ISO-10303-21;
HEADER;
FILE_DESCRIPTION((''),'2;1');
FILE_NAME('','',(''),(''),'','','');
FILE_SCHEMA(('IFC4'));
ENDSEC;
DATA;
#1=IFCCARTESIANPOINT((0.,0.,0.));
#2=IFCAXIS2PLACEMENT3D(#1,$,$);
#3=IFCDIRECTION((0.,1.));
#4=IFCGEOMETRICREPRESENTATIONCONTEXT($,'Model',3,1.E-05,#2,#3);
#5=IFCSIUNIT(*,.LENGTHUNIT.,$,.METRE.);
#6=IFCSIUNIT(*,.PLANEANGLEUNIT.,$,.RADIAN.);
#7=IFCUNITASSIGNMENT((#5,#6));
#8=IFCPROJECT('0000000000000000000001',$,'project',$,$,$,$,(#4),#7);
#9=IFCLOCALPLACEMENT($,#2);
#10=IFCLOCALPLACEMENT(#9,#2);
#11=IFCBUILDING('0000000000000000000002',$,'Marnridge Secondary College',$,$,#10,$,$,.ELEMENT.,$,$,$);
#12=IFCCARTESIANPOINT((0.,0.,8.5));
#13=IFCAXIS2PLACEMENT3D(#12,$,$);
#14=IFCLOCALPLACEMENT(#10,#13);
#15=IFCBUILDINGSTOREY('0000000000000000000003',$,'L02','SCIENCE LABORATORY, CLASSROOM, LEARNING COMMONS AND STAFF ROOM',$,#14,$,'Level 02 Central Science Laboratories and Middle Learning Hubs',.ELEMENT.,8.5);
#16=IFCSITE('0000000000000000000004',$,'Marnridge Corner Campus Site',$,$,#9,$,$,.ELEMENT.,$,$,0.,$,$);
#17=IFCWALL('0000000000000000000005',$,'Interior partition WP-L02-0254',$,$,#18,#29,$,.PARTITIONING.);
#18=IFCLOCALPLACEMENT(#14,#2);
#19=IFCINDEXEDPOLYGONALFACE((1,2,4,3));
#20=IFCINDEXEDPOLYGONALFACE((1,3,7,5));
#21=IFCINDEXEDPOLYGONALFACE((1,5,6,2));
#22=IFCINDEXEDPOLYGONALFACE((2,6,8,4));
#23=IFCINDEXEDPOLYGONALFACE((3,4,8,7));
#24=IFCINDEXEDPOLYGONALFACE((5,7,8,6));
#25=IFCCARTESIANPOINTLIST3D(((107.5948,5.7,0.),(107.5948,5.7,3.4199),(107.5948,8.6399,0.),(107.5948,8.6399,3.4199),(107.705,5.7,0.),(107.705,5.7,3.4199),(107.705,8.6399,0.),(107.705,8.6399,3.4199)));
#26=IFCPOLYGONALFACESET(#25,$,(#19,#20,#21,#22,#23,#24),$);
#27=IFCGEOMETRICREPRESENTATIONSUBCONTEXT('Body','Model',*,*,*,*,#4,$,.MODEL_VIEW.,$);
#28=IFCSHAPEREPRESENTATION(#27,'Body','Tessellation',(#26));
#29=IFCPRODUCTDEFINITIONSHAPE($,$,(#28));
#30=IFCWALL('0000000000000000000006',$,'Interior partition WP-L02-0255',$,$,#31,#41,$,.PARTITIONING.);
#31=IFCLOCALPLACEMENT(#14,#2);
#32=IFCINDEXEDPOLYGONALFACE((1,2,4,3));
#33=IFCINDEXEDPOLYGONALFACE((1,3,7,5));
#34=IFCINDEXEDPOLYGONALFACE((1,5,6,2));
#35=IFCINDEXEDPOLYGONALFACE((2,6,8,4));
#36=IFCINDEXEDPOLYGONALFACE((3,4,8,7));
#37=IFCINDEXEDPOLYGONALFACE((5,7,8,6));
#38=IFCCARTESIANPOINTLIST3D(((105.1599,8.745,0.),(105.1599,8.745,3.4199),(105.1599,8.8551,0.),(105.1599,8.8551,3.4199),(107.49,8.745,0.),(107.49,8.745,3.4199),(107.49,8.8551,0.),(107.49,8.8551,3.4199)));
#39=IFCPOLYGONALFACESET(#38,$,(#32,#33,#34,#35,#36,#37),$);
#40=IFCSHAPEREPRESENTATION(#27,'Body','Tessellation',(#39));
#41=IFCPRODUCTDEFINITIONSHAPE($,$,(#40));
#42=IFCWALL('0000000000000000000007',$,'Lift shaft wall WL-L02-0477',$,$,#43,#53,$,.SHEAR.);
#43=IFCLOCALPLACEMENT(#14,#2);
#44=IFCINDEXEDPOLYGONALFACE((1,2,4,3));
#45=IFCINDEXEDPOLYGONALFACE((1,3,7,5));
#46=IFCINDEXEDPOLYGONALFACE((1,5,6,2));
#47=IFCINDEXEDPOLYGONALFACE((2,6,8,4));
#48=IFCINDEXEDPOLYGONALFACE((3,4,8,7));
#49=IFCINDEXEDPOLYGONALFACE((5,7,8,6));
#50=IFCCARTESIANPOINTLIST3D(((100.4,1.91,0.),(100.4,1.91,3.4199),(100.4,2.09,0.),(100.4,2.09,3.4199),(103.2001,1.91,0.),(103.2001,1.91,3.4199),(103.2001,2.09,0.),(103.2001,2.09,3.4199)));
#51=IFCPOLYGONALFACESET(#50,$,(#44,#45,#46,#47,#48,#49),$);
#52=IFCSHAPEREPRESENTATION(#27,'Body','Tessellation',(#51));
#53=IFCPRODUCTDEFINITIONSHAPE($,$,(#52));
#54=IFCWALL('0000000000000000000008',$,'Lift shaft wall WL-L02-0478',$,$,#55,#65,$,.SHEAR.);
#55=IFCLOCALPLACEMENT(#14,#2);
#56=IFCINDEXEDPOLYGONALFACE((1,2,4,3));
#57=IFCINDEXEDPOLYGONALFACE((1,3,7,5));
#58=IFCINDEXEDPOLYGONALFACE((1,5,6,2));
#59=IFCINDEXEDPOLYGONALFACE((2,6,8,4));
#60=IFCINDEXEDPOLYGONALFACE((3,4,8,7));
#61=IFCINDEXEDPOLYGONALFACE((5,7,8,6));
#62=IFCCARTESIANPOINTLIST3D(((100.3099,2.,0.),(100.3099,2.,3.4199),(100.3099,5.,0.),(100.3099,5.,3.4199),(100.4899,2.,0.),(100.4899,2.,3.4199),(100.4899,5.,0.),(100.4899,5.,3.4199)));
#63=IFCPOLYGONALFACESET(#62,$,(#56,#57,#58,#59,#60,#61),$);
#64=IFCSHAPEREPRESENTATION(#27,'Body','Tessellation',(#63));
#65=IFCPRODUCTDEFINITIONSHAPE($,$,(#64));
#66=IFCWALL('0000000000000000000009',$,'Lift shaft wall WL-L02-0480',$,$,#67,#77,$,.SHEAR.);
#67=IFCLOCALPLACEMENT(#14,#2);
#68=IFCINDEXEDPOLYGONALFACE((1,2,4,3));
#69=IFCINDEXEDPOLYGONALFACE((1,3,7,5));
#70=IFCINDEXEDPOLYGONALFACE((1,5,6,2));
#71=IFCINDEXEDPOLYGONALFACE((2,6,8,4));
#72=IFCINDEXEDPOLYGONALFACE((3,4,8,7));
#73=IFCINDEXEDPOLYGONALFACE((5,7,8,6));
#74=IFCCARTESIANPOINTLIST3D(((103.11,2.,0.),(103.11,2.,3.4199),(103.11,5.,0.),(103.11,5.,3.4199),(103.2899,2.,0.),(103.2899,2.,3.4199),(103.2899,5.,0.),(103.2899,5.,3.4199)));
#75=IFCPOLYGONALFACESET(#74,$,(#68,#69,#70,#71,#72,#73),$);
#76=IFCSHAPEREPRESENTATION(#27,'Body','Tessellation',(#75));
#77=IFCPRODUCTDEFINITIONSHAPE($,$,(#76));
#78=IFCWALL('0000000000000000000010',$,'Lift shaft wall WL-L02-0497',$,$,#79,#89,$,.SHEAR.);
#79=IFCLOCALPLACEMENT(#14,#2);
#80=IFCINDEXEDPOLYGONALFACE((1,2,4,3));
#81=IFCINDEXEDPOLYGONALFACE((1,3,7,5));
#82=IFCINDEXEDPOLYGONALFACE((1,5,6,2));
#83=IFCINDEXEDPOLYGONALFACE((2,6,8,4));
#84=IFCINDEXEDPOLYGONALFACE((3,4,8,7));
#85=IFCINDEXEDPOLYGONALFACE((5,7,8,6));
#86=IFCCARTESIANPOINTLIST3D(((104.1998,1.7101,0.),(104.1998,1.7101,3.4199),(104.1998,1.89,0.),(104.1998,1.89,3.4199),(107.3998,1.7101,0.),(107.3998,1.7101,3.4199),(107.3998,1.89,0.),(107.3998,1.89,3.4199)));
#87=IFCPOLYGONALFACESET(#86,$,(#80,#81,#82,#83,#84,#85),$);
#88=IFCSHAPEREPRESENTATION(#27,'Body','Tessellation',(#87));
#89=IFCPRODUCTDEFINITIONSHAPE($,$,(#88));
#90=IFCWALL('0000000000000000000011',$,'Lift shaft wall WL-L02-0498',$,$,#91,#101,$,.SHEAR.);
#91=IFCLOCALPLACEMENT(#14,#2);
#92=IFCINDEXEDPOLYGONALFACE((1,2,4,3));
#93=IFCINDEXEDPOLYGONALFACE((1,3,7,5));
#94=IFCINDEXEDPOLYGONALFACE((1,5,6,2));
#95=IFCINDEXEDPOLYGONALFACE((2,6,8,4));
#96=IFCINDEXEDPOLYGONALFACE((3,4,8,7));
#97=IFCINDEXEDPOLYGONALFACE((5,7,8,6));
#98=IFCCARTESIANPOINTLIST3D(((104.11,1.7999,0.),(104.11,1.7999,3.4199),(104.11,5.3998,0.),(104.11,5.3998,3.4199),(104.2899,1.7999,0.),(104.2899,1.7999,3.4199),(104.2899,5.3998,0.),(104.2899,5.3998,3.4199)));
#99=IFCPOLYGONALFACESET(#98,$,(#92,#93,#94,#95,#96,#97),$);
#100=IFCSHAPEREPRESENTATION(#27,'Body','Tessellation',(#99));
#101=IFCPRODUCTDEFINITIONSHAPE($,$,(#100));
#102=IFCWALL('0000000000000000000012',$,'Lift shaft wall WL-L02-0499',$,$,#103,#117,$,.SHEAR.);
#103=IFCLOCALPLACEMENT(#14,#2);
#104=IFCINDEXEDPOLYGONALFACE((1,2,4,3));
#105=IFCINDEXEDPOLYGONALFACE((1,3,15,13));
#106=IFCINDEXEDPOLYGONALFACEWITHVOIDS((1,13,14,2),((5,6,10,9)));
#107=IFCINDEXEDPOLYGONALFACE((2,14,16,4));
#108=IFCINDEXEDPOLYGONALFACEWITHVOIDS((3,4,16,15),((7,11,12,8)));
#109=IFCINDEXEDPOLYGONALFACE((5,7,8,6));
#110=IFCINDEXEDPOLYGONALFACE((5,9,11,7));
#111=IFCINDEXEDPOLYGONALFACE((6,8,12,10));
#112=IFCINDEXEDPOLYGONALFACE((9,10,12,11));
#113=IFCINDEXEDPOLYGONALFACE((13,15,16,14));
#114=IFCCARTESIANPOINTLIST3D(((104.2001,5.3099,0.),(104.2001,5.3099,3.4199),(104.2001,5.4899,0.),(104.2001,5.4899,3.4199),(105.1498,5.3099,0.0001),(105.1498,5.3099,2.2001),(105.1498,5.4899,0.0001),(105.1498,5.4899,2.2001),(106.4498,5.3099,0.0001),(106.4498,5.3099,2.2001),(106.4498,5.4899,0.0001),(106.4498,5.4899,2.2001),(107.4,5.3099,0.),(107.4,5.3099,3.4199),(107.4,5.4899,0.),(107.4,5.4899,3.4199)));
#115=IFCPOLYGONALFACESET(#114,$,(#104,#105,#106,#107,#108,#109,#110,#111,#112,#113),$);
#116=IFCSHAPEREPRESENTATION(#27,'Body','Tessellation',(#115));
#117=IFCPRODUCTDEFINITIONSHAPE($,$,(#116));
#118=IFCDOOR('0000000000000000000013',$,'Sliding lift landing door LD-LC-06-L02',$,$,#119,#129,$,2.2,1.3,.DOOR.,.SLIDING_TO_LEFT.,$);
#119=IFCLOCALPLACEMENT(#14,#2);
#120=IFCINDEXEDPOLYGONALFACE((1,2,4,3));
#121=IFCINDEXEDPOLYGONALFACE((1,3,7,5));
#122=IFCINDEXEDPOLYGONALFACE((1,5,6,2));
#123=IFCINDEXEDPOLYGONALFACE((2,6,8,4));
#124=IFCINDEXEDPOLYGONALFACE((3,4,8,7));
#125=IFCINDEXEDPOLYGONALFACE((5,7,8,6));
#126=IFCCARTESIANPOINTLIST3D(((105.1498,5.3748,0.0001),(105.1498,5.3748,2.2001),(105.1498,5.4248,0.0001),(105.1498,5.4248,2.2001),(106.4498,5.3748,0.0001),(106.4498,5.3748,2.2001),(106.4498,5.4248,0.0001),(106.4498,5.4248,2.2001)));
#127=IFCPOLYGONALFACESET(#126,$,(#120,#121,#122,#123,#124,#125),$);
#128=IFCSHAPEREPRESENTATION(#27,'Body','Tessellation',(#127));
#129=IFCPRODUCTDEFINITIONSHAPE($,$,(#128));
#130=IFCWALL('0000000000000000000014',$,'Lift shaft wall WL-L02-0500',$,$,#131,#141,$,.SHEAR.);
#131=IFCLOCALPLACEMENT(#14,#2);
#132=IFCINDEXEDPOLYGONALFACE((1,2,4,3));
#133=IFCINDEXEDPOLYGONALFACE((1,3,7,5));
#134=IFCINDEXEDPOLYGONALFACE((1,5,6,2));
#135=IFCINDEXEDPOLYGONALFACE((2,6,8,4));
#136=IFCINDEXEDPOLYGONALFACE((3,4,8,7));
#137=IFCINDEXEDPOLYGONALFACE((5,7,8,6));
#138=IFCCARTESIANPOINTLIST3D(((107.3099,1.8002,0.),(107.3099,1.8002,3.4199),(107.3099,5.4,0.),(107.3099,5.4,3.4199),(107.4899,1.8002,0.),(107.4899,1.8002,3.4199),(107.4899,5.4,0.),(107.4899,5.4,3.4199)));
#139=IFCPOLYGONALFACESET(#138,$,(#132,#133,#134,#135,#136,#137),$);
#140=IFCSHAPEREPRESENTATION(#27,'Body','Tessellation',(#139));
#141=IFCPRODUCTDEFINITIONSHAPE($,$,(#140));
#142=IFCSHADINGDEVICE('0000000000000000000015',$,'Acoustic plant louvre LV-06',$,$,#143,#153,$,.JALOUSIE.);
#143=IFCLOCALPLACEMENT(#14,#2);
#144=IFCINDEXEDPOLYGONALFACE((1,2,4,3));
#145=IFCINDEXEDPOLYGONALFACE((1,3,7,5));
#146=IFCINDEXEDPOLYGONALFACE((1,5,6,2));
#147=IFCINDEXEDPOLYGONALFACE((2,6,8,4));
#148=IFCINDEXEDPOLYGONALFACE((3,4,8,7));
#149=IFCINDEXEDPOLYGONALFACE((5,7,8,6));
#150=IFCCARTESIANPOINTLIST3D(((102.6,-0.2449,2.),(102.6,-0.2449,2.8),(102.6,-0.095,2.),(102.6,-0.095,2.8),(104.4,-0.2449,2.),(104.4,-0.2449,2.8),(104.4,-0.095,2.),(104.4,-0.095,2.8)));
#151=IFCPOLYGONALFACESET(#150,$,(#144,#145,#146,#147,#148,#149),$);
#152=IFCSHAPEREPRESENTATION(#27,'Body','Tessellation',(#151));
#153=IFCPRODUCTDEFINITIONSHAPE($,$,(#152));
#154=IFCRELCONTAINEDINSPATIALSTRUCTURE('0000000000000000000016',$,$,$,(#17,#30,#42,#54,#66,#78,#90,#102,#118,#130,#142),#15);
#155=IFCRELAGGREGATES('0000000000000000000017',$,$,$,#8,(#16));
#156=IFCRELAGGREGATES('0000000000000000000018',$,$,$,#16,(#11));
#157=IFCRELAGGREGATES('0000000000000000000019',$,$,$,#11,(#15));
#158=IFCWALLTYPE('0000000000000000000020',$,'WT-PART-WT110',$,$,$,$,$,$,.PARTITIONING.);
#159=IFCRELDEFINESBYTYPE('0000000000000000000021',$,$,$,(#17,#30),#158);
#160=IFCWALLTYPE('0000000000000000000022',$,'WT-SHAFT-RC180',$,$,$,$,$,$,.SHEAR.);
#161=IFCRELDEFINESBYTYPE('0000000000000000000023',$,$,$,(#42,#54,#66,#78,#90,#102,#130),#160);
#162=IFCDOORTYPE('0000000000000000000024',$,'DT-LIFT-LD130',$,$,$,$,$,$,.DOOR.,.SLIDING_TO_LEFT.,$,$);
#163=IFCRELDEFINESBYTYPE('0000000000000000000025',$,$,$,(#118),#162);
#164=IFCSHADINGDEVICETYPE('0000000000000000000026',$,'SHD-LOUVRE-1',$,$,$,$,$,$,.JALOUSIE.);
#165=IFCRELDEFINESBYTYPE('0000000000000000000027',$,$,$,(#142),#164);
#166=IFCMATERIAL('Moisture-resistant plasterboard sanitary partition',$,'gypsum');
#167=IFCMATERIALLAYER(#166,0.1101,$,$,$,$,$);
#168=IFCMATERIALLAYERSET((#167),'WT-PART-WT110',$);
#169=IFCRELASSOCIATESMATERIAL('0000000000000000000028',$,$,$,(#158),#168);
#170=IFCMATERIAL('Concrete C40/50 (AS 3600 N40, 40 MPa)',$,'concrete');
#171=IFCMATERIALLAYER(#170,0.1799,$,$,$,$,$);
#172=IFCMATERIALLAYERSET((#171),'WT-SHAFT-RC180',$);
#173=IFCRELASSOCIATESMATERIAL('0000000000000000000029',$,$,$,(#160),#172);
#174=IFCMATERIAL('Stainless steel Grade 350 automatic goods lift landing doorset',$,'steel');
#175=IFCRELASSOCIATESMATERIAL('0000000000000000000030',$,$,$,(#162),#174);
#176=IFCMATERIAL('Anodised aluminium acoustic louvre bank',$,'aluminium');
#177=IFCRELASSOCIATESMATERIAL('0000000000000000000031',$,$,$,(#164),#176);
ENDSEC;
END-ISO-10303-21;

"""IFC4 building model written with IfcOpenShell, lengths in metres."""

from ifc_helpers import new_model, si_unit, direction, frame, frame_2d, origin, origin_2d, place, context, subcontext, project, spatial, rectangle, extrude, material, layer, layer_set, type_object, element, fill, save


model = new_model("IFC4")

# Units and contexts
model_context = context("Model", 3, precision=1e-05, world=origin(), true_north=direction((0.0, 1.0)))
body_context = subcontext(model_context, "Body", "Model", "MODEL_VIEW")
ifc_project = project(units=[si_unit("LENGTHUNIT", "METRE"), si_unit("PLANEANGLEUNIT", "RADIAN")], contexts=[model_context])

# Site, building, storey
site_placement = place(None, origin())
site = spatial("IfcSite", under=ifc_project, at=site_placement, Name="Marnridge Corner Campus Site", CompositionType="ELEMENT", RefElevation=0.0)
building_placement = place(site_placement, origin())
building = spatial("IfcBuilding", under=site, at=building_placement, Name="Marnridge Secondary College", CompositionType="ELEMENT")
storey_placement = place(building_placement, frame((0.0, 0.0, 8.5)))
storey = spatial("IfcBuildingStorey", under=building, at=storey_placement, Name="L02", Description="SCIENCE LABORATORY, CLASSROOM, LEARNING COMMONS AND STAFF ROOM", LongName="Level 02 Central Science Laboratories and Middle Learning Hubs", CompositionType="ELEMENT", Elevation=8.5)

# Walls
ifc_material_1 = material(Name="Moisture-resistant plasterboard sanitary partition", Category="gypsum")
ifc_layer_1 = layer(ifc_material_1, 0.1101)
ifc_layer_set_1 = layer_set([ifc_layer_1], Name="WT-PART-WT110")
wall_type_1 = type_object("IfcWallType", Name="WT-PART-WT110", PredefinedType="PARTITIONING", material=ifc_layer_set_1)
wall_1_placement = place(storey_placement, frame((107.6499, 8.6399, 0.0), z_axis=(0.0, 0.0, 1.0), x_axis=(0.0, -1.0, 0.0)))
element("IfcWall", 1, at=wall_1_placement, inside=storey, type_object=wall_type_1, Name="Interior partition WP-L02-0254", PredefinedType="PARTITIONING", context=body_context, shape_type="SweptSolid", body=[
    extrude(rectangle(XDim=2.9399, YDim=0.1101, at=frame_2d((1.47, 0.0))), origin(), (0.0, 0.0, 1.0), 3.4199),
])
wall_2_placement = place(storey_placement, frame((105.1599, 8.8, 0.0), z_axis=(0.0, 0.0, 1.0), x_axis=(1.0, 0.0, 0.0)))
element("IfcWall", 2, at=wall_2_placement, inside=storey, type_object=wall_type_1, Name="Interior partition WP-L02-0255", PredefinedType="PARTITIONING", context=body_context, shape_type="SweptSolid", body=[
    extrude(rectangle(XDim=2.3301, YDim=0.1101, at=frame_2d((1.165, 0.0))), origin(), (0.0, 0.0, 1.0), 3.4199),
])
ifc_material_2 = material(Name="Concrete C40/50 (AS 3600 N40, 40 MPa)", Category="concrete")
ifc_layer_2 = layer(ifc_material_2, 0.1799)
ifc_layer_set_2 = layer_set([ifc_layer_2], Name="WT-SHAFT-RC180")
wall_type_2 = type_object("IfcWallType", Name="WT-SHAFT-RC180", PredefinedType="SHEAR", material=ifc_layer_set_2)
wall_3_placement = place(storey_placement, frame((103.2, 2.0, 0.0), z_axis=(0.0, 0.0, 1.0), x_axis=(-1.0, 0.0, 0.0)))
element("IfcWall", 3, at=wall_3_placement, inside=storey, type_object=wall_type_2, Name="Lift shaft wall WL-L02-0477", PredefinedType="SHEAR", context=body_context, shape_type="SweptSolid", body=[
    extrude(rectangle(XDim=2.8, YDim=0.1799, at=frame_2d((1.3999, 0.0))), origin(), (0.0, 0.0, 1.0), 3.4199),
])
wall_4_placement = place(storey_placement, frame((100.3999, 2.0, 0.0), z_axis=(0.0, 0.0, 1.0), x_axis=(0.0, 1.0, 0.0)))
element("IfcWall", 4, at=wall_4_placement, inside=storey, type_object=wall_type_2, Name="Lift shaft wall WL-L02-0478", PredefinedType="SHEAR", context=body_context, shape_type="SweptSolid", body=[
    extrude(rectangle(XDim=3.0, YDim=0.1799, at=frame_2d((1.5, 0.0))), origin(), (0.0, 0.0, 1.0), 3.4199),
])

# Walls
wall_5_placement = place(storey_placement, frame((103.2, 5.0, 0.0), z_axis=(0.0, 0.0, 1.0), x_axis=(0.0, -1.0, 0.0)))
element("IfcWall", 5, at=wall_5_placement, inside=storey, type_object=wall_type_2, Name="Lift shaft wall WL-L02-0480", PredefinedType="SHEAR", context=body_context, shape_type="SweptSolid", body=[
    extrude(rectangle(XDim=3.0, YDim=0.1799, at=frame_2d((1.5, 0.0))), origin(), (0.0, 0.0, 1.0), 3.4199),
])
wall_6_placement = place(storey_placement, frame((107.3999, 1.8, 0.0), z_axis=(0.0, 0.0, 1.0), x_axis=(-1.0, 0.0, 0.0)))
element("IfcWall", 6, at=wall_6_placement, inside=storey, type_object=wall_type_2, Name="Lift shaft wall WL-L02-0497", PredefinedType="SHEAR", context=body_context, shape_type="SweptSolid", body=[
    extrude(rectangle(XDim=3.2, YDim=0.1799, at=frame_2d((1.6001, 0.0))), origin(), (0.0, 0.0, 1.0), 3.4199),
])
wall_7_placement = place(storey_placement, frame((104.2, 1.8, 0.0), z_axis=(0.0, 0.0, 1.0), x_axis=(0.0, 1.0, 0.0)))
element("IfcWall", 7, at=wall_7_placement, inside=storey, type_object=wall_type_2, Name="Lift shaft wall WL-L02-0498", PredefinedType="SHEAR", context=body_context, shape_type="SweptSolid", body=[
    extrude(rectangle(XDim=3.5999, YDim=0.1799, at=frame_2d((1.7998, 0.0))), origin(), (0.0, 0.0, 1.0), 3.4199),
])

# Wall, opening, door
wall_8_placement = place(storey_placement, frame((104.2, 5.3999, 0.0), z_axis=(0.0, 0.0, 1.0), x_axis=(1.0, 0.0, 0.0)))
wall_8 = element("IfcWall", 8, at=wall_8_placement, inside=storey, type_object=wall_type_2, Name="Lift shaft wall WL-L02-0499", PredefinedType="SHEAR", context=body_context, shape_type="SweptSolid", body=[
    extrude(rectangle(XDim=3.2, YDim=0.1799, at=frame_2d((1.6001, 0.0))), origin(), (0.0, 0.0, 1.0), 3.4199),
])
opening_1_placement = place(wall_8_placement, frame((0.95, 0.0, 0.0)))
opening_1 = element("IfcOpeningElement", 9, at=opening_1_placement, cuts=wall_8, PredefinedType="OPENING", context=body_context, shape_type="SweptSolid", body=[
    extrude(rectangle(XDim=1.3, YDim=2.2, at=frame_2d((0.6499, 1.1001))), frame((0.0, 0.0999, 0.0), z_axis=(0.0, -1.0, 0.0), x_axis=(1.0, 0.0, 0.0)), (0.0, 0.0, 1.0), 0.2),
])
ifc_material_3 = material(Name="Stainless steel Grade 350 automatic goods lift landing doorset", Category="steel")
door_type_1 = type_object("IfcDoorType", Name="DT-LIFT-LD130", OperationType="SLIDING_TO_LEFT", PredefinedType="DOOR", material=ifc_material_3)
door_1_placement = place(opening_1_placement, origin())
door_1 = element("IfcDoor", 10, at=door_1_placement, inside=storey, type_object=door_type_1, Name="Sliding lift landing door LD-LC-06-L02", OperationType="SLIDING_TO_LEFT", OverallHeight=2.2, OverallWidth=1.3, PredefinedType="DOOR", context=body_context, shape_type="SweptSolid", body=[
    extrude(rectangle(XDim=1.3, YDim=2.2, at=frame_2d((0.6499, 1.1001))), frame((0.0, 0.0249, 0.0), z_axis=(0.0, -1.0, 0.0), x_axis=(1.0, 0.0, 0.0)), (0.0, 0.0, 1.0), 0.05),
])
fill(opening_1, door_1)

# Wall
wall_9_placement = place(storey_placement, frame((107.3999, 5.3999, 0.0), z_axis=(0.0, 0.0, 1.0), x_axis=(0.0, -1.0, 0.0)))
element("IfcWall", 11, at=wall_9_placement, inside=storey, type_object=wall_type_2, Name="Lift shaft wall WL-L02-0500", PredefinedType="SHEAR", context=body_context, shape_type="SweptSolid", body=[
    extrude(rectangle(XDim=3.5999, YDim=0.1799, at=frame_2d((1.7998, 0.0))), origin(), (0.0, 0.0, 1.0), 3.4199),
])

# Shading device
ifc_material_4 = material(Name="Anodised aluminium acoustic louvre bank", Category="aluminium")
shading_device_type = type_object("IfcShadingDeviceType", Name="SHD-LOUVRE-1", PredefinedType="JALOUSIE", material=ifc_material_4)
shading_device_placement = place(storey_placement, frame((103.5, -0.1699, 2.0), z_axis=(0.0, 0.0, 1.0), x_axis=(1.0, 0.0, 0.0)))
element("IfcShadingDevice", 12, at=shading_device_placement, inside=storey, type_object=shading_device_type, Name="Acoustic plant louvre LV-06", PredefinedType="JALOUSIE", context=body_context, shape_type="SweptSolid", body=[
    extrude(rectangle(XDim=1.8, YDim=0.1499, at=origin_2d()), origin(), (0.0, 0.0, 1.0), 0.8),
])

save(model, "model.ifc")
